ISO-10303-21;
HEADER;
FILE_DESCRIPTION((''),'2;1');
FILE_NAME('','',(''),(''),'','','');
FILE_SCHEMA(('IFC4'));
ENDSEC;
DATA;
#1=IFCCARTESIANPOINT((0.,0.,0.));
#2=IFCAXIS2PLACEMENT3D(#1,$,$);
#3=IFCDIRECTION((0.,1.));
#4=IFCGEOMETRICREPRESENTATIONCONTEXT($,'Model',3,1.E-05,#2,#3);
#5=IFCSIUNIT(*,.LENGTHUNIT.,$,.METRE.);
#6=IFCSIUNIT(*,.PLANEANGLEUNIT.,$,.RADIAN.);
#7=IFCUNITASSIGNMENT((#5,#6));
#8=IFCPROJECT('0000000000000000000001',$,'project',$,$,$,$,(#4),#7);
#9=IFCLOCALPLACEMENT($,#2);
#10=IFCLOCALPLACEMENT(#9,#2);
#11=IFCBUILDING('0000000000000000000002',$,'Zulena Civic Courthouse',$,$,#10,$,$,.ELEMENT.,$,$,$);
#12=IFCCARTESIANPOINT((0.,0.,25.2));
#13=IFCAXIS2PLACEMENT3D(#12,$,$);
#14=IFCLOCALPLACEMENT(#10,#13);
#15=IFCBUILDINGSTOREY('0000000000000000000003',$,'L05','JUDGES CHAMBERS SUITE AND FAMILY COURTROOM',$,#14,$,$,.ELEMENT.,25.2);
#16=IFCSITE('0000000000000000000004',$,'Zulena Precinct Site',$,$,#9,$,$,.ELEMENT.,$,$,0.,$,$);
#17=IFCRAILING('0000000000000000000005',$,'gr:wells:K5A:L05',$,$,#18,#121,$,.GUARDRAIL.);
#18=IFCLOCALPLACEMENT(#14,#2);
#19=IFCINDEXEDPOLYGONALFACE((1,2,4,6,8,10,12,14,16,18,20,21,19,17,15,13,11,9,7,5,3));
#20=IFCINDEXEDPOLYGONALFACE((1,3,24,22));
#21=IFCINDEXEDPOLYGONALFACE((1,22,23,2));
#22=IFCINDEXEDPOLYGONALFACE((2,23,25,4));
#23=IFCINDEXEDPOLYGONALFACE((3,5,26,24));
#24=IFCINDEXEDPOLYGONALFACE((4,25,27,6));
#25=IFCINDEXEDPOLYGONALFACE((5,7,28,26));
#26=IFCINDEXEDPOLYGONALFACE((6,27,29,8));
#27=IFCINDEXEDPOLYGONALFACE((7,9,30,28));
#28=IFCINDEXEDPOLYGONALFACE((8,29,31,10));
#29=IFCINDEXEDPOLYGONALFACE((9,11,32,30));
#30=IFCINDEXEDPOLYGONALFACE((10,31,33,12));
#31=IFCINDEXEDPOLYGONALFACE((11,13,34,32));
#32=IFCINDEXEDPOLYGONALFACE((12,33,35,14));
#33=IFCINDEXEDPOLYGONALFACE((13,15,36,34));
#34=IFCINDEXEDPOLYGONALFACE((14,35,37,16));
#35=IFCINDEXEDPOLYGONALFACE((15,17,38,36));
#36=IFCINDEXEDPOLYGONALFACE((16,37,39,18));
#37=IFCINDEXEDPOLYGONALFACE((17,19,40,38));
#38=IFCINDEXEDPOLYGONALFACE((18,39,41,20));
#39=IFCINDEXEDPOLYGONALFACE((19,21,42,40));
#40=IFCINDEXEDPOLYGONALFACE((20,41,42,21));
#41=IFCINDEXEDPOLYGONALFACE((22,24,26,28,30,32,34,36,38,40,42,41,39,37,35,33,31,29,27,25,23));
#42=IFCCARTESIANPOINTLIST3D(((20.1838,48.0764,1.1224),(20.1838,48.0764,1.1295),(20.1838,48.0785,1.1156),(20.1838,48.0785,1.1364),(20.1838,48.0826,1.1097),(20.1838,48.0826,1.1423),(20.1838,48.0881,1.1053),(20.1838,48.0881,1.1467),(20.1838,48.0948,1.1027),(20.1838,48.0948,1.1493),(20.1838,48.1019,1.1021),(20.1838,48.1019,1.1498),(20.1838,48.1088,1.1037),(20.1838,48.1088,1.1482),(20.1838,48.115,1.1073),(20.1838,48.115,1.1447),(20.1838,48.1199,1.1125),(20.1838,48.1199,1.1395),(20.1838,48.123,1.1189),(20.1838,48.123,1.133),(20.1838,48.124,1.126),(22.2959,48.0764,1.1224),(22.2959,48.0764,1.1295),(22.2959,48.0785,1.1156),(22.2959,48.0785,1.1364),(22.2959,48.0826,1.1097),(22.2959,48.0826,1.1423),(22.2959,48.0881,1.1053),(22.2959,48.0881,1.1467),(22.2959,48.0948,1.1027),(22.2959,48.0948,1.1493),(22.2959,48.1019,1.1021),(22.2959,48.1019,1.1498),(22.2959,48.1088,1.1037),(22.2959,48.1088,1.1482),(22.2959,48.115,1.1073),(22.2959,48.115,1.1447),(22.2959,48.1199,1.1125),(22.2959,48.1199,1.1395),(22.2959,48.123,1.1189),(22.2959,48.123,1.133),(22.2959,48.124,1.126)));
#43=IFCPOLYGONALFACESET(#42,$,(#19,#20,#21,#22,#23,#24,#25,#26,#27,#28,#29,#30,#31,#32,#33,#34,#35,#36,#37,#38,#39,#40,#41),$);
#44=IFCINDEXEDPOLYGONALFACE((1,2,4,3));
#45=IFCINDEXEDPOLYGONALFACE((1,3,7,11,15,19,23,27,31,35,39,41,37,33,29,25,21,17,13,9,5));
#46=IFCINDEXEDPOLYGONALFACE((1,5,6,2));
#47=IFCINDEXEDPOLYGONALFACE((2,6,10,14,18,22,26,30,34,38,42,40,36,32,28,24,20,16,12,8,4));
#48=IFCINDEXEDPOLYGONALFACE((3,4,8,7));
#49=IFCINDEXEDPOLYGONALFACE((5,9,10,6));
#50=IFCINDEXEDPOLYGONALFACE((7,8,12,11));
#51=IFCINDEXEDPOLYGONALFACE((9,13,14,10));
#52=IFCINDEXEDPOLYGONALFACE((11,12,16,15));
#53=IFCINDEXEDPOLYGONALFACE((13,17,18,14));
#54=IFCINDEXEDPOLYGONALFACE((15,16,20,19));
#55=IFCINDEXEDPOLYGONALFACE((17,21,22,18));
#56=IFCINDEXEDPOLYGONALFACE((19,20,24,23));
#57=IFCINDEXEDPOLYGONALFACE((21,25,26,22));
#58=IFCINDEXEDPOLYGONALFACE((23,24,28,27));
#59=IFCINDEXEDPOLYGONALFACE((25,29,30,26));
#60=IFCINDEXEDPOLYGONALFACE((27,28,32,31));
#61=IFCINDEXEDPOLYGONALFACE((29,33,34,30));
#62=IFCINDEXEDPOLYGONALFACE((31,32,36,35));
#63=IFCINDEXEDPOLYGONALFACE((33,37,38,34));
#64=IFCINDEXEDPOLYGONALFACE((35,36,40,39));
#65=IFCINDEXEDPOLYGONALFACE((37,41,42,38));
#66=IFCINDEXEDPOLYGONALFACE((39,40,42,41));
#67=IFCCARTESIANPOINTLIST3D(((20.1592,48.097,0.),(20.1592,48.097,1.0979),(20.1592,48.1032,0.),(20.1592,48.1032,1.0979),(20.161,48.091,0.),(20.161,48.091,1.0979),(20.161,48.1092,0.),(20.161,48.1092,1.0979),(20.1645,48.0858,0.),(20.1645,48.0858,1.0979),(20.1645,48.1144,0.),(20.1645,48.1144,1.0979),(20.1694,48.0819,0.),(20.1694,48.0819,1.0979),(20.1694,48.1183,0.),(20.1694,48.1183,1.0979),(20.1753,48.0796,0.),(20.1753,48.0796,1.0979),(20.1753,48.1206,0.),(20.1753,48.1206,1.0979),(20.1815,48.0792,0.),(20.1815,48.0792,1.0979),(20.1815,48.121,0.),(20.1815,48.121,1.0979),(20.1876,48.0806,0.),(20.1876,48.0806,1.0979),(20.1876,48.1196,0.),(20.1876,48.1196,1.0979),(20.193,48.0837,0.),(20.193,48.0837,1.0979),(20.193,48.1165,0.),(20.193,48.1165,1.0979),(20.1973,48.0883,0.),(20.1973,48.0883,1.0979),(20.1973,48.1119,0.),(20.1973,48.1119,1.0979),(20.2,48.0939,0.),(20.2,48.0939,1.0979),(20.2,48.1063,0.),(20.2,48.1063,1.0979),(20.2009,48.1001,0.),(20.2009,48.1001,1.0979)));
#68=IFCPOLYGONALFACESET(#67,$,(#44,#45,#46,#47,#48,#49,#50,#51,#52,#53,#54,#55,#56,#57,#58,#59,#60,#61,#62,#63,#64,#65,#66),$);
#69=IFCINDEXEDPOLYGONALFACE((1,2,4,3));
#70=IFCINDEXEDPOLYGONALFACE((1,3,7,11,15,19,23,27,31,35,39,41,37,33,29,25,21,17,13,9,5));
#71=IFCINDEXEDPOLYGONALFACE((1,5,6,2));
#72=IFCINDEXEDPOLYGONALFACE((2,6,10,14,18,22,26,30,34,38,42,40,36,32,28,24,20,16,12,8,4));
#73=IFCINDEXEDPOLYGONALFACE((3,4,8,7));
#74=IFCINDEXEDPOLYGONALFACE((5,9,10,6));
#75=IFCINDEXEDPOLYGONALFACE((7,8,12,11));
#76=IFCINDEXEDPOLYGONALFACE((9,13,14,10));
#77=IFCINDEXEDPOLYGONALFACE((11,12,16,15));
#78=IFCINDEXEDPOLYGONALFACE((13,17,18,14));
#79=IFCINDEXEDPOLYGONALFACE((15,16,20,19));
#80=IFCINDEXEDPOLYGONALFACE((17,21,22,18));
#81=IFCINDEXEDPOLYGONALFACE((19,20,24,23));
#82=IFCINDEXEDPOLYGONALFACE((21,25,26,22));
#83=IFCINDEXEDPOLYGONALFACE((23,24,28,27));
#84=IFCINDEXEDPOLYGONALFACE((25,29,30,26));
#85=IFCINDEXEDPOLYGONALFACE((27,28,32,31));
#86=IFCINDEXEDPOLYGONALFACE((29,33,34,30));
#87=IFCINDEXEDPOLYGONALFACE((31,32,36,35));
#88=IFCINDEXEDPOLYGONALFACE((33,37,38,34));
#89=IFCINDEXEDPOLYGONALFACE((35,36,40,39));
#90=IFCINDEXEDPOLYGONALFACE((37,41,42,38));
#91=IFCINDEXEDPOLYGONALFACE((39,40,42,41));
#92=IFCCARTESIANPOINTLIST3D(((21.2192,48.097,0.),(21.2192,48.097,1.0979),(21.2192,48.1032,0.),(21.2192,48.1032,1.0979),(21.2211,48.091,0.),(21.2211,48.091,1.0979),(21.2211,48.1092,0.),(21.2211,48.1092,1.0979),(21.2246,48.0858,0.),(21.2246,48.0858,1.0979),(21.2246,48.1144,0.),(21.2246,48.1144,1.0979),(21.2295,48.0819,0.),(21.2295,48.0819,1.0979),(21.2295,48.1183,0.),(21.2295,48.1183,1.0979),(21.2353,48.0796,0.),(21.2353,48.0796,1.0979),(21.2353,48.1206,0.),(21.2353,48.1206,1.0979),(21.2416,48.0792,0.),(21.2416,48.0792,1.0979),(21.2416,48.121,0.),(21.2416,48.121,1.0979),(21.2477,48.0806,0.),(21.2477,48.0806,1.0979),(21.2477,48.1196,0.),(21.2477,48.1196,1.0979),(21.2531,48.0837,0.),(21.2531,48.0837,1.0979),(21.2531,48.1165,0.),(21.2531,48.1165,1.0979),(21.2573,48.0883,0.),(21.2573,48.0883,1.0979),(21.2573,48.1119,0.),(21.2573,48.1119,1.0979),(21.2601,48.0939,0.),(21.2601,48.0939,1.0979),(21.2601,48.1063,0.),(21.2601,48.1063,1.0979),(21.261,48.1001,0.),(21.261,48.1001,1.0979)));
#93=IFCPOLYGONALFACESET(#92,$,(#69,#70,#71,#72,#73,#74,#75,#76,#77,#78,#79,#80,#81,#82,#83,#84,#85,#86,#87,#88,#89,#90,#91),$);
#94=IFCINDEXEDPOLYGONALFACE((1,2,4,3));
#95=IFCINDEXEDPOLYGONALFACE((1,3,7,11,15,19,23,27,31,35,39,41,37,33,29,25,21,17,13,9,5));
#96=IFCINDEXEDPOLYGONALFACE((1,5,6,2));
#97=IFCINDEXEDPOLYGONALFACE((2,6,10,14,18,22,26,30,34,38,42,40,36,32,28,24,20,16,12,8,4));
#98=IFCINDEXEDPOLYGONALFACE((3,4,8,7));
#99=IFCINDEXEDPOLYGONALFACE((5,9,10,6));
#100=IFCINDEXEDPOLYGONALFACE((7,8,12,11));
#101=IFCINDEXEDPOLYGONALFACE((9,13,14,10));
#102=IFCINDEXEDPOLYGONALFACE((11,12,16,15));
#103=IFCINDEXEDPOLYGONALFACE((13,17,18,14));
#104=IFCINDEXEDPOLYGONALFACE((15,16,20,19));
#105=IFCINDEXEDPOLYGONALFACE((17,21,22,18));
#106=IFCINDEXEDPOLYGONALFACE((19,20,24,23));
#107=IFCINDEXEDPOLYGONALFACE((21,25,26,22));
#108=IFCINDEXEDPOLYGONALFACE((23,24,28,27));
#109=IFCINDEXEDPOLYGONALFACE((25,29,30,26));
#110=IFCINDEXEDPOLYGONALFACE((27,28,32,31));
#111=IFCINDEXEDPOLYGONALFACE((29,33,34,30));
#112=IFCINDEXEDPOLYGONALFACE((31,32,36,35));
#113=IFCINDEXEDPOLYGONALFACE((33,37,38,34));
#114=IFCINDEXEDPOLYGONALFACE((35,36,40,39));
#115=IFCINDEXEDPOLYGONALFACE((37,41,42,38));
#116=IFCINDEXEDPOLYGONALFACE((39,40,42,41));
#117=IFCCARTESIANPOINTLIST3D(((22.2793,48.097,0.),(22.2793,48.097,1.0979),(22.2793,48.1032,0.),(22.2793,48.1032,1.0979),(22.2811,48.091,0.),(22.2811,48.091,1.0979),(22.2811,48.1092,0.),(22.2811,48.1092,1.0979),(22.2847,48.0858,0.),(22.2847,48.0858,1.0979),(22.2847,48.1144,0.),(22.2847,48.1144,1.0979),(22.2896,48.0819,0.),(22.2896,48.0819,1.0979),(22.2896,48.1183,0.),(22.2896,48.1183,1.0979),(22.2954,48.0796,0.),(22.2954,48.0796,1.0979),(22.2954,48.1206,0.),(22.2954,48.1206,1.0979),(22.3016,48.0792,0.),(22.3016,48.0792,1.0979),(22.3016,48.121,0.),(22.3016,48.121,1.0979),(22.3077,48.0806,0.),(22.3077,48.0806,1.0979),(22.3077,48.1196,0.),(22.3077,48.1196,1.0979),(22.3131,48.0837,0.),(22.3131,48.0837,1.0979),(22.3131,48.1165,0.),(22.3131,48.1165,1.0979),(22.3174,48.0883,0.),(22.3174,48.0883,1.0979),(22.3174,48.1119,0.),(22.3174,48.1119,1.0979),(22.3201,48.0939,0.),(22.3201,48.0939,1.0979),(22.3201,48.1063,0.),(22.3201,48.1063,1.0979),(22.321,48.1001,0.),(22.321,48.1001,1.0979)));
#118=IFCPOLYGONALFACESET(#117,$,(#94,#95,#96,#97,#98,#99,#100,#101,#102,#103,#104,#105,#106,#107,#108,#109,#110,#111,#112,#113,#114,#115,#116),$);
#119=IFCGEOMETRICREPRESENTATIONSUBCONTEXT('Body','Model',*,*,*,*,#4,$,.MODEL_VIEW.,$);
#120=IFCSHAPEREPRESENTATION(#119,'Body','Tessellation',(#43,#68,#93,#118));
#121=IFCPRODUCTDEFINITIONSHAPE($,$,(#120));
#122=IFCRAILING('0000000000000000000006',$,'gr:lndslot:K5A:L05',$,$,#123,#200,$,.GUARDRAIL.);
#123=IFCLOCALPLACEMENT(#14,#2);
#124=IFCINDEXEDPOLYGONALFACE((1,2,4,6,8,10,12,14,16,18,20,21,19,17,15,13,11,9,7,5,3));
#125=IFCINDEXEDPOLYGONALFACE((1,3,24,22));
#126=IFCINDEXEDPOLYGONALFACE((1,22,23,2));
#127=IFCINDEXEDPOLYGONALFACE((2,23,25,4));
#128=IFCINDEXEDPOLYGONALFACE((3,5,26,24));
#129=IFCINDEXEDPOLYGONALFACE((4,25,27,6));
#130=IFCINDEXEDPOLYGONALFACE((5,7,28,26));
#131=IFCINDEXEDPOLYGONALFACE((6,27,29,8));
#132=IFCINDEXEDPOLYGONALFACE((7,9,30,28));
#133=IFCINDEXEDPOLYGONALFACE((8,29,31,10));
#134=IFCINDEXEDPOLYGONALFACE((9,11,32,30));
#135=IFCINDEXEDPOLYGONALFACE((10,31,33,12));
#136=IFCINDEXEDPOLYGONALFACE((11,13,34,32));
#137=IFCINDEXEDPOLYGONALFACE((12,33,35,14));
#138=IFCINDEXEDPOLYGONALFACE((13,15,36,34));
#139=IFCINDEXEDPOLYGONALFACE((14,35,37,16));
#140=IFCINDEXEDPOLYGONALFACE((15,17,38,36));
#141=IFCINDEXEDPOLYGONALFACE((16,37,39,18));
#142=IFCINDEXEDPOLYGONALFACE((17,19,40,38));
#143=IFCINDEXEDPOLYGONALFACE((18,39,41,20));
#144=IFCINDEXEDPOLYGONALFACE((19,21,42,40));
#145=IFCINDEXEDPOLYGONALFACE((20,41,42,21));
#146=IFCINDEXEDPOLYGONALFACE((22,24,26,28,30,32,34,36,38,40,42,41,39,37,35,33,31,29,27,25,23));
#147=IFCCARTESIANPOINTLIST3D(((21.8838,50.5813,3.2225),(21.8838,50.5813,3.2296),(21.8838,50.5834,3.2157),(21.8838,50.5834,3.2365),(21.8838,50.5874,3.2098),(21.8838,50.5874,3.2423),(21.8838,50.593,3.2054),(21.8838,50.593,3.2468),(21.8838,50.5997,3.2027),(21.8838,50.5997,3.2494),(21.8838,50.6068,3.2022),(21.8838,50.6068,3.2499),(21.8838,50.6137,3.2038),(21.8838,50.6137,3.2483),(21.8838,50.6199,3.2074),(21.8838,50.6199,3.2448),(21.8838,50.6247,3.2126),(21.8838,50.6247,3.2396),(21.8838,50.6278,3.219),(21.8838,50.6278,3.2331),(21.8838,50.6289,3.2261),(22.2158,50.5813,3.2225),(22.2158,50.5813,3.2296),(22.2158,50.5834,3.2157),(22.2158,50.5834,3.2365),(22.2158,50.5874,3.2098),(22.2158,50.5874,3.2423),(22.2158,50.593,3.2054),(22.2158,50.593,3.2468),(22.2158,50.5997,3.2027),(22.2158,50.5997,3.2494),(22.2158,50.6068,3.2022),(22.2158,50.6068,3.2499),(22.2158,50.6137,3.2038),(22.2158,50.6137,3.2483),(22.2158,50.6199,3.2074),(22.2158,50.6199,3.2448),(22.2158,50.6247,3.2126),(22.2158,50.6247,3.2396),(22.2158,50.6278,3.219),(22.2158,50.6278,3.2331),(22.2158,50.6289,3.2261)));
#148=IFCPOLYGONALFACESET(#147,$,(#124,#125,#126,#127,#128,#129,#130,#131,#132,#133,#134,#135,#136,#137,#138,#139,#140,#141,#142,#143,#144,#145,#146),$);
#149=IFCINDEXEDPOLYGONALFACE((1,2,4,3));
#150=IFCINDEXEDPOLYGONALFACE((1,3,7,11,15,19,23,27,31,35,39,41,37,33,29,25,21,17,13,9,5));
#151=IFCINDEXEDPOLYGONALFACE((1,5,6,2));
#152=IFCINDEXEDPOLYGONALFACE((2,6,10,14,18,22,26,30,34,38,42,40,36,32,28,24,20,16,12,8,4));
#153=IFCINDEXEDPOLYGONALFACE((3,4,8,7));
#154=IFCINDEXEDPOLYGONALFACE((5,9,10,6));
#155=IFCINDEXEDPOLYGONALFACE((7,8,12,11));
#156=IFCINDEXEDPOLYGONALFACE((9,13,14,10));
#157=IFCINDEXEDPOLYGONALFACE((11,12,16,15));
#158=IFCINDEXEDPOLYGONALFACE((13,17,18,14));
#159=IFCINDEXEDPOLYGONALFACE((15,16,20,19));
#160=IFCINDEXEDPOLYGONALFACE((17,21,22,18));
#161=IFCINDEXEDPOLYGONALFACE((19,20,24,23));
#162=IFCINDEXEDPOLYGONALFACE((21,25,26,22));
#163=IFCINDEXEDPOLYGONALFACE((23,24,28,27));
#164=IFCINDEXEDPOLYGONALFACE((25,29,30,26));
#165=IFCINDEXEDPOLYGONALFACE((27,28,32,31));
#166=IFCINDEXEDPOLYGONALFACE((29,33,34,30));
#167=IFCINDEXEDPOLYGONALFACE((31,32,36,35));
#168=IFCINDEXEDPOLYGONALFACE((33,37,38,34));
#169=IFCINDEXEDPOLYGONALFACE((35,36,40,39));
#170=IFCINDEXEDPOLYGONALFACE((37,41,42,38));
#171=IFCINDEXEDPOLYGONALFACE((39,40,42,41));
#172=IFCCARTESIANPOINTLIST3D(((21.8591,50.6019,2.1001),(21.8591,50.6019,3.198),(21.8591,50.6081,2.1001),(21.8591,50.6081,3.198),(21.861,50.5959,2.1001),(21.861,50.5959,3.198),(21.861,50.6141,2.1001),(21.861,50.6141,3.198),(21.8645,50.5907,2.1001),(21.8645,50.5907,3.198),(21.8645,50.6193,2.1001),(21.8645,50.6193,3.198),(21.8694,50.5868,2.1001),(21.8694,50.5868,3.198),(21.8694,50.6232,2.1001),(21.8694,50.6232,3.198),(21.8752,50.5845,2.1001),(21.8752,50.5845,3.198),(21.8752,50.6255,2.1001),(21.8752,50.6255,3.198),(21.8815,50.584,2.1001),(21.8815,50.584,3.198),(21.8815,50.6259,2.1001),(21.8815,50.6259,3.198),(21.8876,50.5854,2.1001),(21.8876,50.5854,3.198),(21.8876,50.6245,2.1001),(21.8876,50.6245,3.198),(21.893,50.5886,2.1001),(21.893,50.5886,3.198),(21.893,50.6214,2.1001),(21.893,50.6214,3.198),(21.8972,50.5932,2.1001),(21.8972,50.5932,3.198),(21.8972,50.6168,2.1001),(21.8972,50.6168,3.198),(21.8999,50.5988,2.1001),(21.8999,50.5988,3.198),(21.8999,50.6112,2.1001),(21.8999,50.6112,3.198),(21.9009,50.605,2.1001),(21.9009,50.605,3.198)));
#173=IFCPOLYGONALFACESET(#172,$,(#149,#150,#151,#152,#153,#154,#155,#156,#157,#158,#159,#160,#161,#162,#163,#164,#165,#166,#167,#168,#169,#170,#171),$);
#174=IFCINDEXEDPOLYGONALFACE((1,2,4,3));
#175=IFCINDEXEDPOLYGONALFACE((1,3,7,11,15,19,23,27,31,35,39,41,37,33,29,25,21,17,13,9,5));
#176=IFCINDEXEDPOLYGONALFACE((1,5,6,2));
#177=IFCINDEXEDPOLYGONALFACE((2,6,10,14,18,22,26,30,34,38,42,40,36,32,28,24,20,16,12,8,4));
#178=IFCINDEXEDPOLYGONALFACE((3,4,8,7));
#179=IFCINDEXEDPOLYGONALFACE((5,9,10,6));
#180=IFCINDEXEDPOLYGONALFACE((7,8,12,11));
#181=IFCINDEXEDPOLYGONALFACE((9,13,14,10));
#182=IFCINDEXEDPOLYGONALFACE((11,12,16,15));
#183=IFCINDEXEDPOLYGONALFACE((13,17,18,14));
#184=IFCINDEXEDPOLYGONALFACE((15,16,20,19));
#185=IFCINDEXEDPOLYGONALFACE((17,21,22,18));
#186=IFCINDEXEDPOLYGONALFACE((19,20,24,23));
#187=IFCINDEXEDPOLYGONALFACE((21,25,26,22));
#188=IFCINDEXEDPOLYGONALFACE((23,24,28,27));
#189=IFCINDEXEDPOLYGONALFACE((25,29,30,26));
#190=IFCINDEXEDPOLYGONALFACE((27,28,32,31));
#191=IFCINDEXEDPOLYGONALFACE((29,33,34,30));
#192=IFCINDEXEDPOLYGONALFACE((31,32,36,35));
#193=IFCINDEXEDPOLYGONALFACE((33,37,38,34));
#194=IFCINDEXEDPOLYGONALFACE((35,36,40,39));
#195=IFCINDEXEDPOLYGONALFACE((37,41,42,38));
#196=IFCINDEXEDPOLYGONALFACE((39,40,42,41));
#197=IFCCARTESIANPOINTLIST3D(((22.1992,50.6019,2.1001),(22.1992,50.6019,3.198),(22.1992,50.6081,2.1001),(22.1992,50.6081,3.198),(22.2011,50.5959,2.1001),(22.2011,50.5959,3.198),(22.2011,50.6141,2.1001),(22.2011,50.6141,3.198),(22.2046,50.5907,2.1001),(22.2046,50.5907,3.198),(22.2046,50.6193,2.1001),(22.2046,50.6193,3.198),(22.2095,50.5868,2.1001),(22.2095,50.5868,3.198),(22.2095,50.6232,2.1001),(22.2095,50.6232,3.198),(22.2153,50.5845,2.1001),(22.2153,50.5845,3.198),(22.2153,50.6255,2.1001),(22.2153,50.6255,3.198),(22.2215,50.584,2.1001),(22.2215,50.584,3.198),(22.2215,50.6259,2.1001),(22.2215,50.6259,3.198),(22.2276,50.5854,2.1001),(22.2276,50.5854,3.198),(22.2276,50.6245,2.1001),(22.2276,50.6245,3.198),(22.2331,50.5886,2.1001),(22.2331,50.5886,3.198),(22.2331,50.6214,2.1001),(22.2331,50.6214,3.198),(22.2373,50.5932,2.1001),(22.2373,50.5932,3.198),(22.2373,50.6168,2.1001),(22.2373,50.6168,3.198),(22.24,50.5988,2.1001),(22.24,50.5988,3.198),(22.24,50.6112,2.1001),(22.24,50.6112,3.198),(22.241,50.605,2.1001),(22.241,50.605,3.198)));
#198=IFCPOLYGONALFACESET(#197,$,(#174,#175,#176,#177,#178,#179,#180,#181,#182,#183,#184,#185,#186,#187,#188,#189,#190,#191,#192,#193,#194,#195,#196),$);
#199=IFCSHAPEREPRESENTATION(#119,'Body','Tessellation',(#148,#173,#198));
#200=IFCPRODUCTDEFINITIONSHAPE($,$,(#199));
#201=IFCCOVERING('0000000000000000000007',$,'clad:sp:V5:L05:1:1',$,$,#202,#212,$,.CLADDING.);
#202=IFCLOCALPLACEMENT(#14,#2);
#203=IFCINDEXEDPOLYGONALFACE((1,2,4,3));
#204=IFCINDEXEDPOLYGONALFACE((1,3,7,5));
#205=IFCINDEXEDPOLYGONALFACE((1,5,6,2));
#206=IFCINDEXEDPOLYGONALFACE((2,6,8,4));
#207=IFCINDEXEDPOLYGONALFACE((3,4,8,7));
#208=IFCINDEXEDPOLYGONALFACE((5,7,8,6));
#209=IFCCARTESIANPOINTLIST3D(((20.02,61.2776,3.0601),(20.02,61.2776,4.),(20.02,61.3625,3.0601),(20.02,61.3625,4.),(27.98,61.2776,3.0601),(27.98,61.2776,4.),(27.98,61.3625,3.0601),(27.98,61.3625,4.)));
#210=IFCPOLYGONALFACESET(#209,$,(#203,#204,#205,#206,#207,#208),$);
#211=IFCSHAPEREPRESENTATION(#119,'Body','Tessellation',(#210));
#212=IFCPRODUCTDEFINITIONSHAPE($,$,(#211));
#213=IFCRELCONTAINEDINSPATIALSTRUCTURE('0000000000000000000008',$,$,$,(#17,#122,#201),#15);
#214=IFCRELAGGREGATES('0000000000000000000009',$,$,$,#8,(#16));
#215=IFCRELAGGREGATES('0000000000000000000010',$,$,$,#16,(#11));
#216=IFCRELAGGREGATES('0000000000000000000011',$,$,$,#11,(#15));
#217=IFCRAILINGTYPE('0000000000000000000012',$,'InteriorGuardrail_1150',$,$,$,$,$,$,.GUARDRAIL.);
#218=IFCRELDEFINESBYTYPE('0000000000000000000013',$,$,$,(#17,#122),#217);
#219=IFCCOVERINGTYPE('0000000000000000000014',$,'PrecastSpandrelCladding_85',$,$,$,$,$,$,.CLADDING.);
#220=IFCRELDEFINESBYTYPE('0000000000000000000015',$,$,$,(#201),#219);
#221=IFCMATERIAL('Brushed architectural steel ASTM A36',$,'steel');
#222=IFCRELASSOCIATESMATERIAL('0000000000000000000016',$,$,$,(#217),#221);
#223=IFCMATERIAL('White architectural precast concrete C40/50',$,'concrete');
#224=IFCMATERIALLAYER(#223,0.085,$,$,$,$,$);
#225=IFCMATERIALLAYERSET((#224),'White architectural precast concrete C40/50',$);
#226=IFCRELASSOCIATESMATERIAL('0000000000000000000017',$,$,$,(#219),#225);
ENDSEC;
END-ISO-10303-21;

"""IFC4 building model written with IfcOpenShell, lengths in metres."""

from ifc_helpers import new_model, si_unit, direction, frame, origin, origin_2d, place, context, subcontext, project, spatial, rectangle, circle, extrude, material, layer, layer_set, type_object, element, save


model = new_model("IFC4")

# Units and contexts
model_context = context("Model", 3, precision=1e-05, world=origin(), true_north=direction((0.0, 1.0)))
body_context = subcontext(model_context, "Body", "Model", "MODEL_VIEW")
ifc_project = project(units=[si_unit("LENGTHUNIT", "METRE"), si_unit("PLANEANGLEUNIT", "RADIAN")], contexts=[model_context])

# Site, building, storey
site_placement = place(None, origin())
site = spatial("IfcSite", under=ifc_project, at=site_placement, Name="Zulena Precinct Site", CompositionType="ELEMENT", RefElevation=0.0)
building_placement = place(site_placement, origin())
building = spatial("IfcBuilding", under=site, at=building_placement, Name="Zulena Civic Courthouse", CompositionType="ELEMENT")
storey_placement = place(building_placement, frame((0.0, 0.0, 25.2)))
storey = spatial("IfcBuildingStorey", under=building, at=storey_placement, Name="L05", Description="JUDGES CHAMBERS SUITE AND FAMILY COURTROOM", CompositionType="ELEMENT", Elevation=25.2)

# Railings
ifc_material_1 = material(Name="Brushed architectural steel ASTM A36", Category="steel")
railing_type_1 = type_object("IfcRailingType", Name="InteriorGuardrail_1150", PredefinedType="GUARDRAIL", material=ifc_material_1)
railing_1_placement = place(storey_placement, frame((20.1799, 48.1001, 0.0)))
element("IfcRailing", 1, at=railing_1_placement, inside=storey, type_object=railing_type_1, Name="gr:wells:K5A:L05", PredefinedType="GUARDRAIL", context=body_context, shape_type="SweptSolid", body=[
    extrude(circle(Radius=0.0239, at=origin_2d()), frame((0.0039, 0.0, 1.126), z_axis=(1.0, 0.0, 0.0), x_axis=(0.0, 1.0, 0.0)), (0.0, 0.0, 1.0), 2.1121),
    extrude(circle(Radius=0.021, at=origin_2d()), origin(), (0.0, 0.0, 1.0), 1.0979),
    extrude(circle(Radius=0.021, at=origin_2d()), frame((1.0601, 0.0, 0.0)), (0.0, 0.0, 1.0), 1.0979),
    extrude(circle(Radius=0.021, at=origin_2d()), frame((2.1201, 0.0, 0.0)), (0.0, 0.0, 1.0), 1.0979),
])
railing_2_placement = place(storey_placement, frame((21.8799, 50.605, 2.1001)))
element("IfcRailing", 2, at=railing_2_placement, inside=storey, type_object=railing_type_1, Name="gr:lndslot:K5A:L05", PredefinedType="GUARDRAIL", context=body_context, shape_type="SweptSolid", body=[
    extrude(circle(Radius=0.0239, at=origin_2d()), frame((0.0039, 0.0, 1.126), z_axis=(1.0, 0.0, 0.0), x_axis=(0.0, 1.0, 0.0)), (0.0, 0.0, 1.0), 0.332),
    extrude(circle(Radius=0.021, at=origin_2d()), origin(), (0.0, 0.0, 1.0), 1.0979),
    extrude(circle(Radius=0.021, at=origin_2d()), frame((0.3401, 0.0, 0.0)), (0.0, 0.0, 1.0), 1.0979),
])

# Covering
ifc_material_2 = material(Name="White architectural precast concrete C40/50", Category="concrete")
ifc_layer_1 = layer(ifc_material_2, 0.085)
ifc_layer_set_1 = layer_set([ifc_layer_1], Name="White architectural precast concrete C40/50")
covering_type = type_object("IfcCoveringType", Name="PrecastSpandrelCladding_85", PredefinedType="CLADDING", material=ifc_layer_set_1)
covering_placement = place(storey_placement, frame((24.0, 61.3201, 3.0601), z_axis=(0.0, 0.0, 1.0), x_axis=(1.0, 0.0, 0.0)))
element("IfcCovering", 3, at=covering_placement, inside=storey, type_object=covering_type, Name="clad:sp:V5:L05:1:1", PredefinedType="CLADDING", context=body_context, shape_type="SweptSolid", body=[
    extrude(rectangle(XDim=7.96, YDim=0.085, at=origin_2d()), origin(), (0.0, 0.0, 1.0), 0.9399),
])

save(model, "model.ifc")
